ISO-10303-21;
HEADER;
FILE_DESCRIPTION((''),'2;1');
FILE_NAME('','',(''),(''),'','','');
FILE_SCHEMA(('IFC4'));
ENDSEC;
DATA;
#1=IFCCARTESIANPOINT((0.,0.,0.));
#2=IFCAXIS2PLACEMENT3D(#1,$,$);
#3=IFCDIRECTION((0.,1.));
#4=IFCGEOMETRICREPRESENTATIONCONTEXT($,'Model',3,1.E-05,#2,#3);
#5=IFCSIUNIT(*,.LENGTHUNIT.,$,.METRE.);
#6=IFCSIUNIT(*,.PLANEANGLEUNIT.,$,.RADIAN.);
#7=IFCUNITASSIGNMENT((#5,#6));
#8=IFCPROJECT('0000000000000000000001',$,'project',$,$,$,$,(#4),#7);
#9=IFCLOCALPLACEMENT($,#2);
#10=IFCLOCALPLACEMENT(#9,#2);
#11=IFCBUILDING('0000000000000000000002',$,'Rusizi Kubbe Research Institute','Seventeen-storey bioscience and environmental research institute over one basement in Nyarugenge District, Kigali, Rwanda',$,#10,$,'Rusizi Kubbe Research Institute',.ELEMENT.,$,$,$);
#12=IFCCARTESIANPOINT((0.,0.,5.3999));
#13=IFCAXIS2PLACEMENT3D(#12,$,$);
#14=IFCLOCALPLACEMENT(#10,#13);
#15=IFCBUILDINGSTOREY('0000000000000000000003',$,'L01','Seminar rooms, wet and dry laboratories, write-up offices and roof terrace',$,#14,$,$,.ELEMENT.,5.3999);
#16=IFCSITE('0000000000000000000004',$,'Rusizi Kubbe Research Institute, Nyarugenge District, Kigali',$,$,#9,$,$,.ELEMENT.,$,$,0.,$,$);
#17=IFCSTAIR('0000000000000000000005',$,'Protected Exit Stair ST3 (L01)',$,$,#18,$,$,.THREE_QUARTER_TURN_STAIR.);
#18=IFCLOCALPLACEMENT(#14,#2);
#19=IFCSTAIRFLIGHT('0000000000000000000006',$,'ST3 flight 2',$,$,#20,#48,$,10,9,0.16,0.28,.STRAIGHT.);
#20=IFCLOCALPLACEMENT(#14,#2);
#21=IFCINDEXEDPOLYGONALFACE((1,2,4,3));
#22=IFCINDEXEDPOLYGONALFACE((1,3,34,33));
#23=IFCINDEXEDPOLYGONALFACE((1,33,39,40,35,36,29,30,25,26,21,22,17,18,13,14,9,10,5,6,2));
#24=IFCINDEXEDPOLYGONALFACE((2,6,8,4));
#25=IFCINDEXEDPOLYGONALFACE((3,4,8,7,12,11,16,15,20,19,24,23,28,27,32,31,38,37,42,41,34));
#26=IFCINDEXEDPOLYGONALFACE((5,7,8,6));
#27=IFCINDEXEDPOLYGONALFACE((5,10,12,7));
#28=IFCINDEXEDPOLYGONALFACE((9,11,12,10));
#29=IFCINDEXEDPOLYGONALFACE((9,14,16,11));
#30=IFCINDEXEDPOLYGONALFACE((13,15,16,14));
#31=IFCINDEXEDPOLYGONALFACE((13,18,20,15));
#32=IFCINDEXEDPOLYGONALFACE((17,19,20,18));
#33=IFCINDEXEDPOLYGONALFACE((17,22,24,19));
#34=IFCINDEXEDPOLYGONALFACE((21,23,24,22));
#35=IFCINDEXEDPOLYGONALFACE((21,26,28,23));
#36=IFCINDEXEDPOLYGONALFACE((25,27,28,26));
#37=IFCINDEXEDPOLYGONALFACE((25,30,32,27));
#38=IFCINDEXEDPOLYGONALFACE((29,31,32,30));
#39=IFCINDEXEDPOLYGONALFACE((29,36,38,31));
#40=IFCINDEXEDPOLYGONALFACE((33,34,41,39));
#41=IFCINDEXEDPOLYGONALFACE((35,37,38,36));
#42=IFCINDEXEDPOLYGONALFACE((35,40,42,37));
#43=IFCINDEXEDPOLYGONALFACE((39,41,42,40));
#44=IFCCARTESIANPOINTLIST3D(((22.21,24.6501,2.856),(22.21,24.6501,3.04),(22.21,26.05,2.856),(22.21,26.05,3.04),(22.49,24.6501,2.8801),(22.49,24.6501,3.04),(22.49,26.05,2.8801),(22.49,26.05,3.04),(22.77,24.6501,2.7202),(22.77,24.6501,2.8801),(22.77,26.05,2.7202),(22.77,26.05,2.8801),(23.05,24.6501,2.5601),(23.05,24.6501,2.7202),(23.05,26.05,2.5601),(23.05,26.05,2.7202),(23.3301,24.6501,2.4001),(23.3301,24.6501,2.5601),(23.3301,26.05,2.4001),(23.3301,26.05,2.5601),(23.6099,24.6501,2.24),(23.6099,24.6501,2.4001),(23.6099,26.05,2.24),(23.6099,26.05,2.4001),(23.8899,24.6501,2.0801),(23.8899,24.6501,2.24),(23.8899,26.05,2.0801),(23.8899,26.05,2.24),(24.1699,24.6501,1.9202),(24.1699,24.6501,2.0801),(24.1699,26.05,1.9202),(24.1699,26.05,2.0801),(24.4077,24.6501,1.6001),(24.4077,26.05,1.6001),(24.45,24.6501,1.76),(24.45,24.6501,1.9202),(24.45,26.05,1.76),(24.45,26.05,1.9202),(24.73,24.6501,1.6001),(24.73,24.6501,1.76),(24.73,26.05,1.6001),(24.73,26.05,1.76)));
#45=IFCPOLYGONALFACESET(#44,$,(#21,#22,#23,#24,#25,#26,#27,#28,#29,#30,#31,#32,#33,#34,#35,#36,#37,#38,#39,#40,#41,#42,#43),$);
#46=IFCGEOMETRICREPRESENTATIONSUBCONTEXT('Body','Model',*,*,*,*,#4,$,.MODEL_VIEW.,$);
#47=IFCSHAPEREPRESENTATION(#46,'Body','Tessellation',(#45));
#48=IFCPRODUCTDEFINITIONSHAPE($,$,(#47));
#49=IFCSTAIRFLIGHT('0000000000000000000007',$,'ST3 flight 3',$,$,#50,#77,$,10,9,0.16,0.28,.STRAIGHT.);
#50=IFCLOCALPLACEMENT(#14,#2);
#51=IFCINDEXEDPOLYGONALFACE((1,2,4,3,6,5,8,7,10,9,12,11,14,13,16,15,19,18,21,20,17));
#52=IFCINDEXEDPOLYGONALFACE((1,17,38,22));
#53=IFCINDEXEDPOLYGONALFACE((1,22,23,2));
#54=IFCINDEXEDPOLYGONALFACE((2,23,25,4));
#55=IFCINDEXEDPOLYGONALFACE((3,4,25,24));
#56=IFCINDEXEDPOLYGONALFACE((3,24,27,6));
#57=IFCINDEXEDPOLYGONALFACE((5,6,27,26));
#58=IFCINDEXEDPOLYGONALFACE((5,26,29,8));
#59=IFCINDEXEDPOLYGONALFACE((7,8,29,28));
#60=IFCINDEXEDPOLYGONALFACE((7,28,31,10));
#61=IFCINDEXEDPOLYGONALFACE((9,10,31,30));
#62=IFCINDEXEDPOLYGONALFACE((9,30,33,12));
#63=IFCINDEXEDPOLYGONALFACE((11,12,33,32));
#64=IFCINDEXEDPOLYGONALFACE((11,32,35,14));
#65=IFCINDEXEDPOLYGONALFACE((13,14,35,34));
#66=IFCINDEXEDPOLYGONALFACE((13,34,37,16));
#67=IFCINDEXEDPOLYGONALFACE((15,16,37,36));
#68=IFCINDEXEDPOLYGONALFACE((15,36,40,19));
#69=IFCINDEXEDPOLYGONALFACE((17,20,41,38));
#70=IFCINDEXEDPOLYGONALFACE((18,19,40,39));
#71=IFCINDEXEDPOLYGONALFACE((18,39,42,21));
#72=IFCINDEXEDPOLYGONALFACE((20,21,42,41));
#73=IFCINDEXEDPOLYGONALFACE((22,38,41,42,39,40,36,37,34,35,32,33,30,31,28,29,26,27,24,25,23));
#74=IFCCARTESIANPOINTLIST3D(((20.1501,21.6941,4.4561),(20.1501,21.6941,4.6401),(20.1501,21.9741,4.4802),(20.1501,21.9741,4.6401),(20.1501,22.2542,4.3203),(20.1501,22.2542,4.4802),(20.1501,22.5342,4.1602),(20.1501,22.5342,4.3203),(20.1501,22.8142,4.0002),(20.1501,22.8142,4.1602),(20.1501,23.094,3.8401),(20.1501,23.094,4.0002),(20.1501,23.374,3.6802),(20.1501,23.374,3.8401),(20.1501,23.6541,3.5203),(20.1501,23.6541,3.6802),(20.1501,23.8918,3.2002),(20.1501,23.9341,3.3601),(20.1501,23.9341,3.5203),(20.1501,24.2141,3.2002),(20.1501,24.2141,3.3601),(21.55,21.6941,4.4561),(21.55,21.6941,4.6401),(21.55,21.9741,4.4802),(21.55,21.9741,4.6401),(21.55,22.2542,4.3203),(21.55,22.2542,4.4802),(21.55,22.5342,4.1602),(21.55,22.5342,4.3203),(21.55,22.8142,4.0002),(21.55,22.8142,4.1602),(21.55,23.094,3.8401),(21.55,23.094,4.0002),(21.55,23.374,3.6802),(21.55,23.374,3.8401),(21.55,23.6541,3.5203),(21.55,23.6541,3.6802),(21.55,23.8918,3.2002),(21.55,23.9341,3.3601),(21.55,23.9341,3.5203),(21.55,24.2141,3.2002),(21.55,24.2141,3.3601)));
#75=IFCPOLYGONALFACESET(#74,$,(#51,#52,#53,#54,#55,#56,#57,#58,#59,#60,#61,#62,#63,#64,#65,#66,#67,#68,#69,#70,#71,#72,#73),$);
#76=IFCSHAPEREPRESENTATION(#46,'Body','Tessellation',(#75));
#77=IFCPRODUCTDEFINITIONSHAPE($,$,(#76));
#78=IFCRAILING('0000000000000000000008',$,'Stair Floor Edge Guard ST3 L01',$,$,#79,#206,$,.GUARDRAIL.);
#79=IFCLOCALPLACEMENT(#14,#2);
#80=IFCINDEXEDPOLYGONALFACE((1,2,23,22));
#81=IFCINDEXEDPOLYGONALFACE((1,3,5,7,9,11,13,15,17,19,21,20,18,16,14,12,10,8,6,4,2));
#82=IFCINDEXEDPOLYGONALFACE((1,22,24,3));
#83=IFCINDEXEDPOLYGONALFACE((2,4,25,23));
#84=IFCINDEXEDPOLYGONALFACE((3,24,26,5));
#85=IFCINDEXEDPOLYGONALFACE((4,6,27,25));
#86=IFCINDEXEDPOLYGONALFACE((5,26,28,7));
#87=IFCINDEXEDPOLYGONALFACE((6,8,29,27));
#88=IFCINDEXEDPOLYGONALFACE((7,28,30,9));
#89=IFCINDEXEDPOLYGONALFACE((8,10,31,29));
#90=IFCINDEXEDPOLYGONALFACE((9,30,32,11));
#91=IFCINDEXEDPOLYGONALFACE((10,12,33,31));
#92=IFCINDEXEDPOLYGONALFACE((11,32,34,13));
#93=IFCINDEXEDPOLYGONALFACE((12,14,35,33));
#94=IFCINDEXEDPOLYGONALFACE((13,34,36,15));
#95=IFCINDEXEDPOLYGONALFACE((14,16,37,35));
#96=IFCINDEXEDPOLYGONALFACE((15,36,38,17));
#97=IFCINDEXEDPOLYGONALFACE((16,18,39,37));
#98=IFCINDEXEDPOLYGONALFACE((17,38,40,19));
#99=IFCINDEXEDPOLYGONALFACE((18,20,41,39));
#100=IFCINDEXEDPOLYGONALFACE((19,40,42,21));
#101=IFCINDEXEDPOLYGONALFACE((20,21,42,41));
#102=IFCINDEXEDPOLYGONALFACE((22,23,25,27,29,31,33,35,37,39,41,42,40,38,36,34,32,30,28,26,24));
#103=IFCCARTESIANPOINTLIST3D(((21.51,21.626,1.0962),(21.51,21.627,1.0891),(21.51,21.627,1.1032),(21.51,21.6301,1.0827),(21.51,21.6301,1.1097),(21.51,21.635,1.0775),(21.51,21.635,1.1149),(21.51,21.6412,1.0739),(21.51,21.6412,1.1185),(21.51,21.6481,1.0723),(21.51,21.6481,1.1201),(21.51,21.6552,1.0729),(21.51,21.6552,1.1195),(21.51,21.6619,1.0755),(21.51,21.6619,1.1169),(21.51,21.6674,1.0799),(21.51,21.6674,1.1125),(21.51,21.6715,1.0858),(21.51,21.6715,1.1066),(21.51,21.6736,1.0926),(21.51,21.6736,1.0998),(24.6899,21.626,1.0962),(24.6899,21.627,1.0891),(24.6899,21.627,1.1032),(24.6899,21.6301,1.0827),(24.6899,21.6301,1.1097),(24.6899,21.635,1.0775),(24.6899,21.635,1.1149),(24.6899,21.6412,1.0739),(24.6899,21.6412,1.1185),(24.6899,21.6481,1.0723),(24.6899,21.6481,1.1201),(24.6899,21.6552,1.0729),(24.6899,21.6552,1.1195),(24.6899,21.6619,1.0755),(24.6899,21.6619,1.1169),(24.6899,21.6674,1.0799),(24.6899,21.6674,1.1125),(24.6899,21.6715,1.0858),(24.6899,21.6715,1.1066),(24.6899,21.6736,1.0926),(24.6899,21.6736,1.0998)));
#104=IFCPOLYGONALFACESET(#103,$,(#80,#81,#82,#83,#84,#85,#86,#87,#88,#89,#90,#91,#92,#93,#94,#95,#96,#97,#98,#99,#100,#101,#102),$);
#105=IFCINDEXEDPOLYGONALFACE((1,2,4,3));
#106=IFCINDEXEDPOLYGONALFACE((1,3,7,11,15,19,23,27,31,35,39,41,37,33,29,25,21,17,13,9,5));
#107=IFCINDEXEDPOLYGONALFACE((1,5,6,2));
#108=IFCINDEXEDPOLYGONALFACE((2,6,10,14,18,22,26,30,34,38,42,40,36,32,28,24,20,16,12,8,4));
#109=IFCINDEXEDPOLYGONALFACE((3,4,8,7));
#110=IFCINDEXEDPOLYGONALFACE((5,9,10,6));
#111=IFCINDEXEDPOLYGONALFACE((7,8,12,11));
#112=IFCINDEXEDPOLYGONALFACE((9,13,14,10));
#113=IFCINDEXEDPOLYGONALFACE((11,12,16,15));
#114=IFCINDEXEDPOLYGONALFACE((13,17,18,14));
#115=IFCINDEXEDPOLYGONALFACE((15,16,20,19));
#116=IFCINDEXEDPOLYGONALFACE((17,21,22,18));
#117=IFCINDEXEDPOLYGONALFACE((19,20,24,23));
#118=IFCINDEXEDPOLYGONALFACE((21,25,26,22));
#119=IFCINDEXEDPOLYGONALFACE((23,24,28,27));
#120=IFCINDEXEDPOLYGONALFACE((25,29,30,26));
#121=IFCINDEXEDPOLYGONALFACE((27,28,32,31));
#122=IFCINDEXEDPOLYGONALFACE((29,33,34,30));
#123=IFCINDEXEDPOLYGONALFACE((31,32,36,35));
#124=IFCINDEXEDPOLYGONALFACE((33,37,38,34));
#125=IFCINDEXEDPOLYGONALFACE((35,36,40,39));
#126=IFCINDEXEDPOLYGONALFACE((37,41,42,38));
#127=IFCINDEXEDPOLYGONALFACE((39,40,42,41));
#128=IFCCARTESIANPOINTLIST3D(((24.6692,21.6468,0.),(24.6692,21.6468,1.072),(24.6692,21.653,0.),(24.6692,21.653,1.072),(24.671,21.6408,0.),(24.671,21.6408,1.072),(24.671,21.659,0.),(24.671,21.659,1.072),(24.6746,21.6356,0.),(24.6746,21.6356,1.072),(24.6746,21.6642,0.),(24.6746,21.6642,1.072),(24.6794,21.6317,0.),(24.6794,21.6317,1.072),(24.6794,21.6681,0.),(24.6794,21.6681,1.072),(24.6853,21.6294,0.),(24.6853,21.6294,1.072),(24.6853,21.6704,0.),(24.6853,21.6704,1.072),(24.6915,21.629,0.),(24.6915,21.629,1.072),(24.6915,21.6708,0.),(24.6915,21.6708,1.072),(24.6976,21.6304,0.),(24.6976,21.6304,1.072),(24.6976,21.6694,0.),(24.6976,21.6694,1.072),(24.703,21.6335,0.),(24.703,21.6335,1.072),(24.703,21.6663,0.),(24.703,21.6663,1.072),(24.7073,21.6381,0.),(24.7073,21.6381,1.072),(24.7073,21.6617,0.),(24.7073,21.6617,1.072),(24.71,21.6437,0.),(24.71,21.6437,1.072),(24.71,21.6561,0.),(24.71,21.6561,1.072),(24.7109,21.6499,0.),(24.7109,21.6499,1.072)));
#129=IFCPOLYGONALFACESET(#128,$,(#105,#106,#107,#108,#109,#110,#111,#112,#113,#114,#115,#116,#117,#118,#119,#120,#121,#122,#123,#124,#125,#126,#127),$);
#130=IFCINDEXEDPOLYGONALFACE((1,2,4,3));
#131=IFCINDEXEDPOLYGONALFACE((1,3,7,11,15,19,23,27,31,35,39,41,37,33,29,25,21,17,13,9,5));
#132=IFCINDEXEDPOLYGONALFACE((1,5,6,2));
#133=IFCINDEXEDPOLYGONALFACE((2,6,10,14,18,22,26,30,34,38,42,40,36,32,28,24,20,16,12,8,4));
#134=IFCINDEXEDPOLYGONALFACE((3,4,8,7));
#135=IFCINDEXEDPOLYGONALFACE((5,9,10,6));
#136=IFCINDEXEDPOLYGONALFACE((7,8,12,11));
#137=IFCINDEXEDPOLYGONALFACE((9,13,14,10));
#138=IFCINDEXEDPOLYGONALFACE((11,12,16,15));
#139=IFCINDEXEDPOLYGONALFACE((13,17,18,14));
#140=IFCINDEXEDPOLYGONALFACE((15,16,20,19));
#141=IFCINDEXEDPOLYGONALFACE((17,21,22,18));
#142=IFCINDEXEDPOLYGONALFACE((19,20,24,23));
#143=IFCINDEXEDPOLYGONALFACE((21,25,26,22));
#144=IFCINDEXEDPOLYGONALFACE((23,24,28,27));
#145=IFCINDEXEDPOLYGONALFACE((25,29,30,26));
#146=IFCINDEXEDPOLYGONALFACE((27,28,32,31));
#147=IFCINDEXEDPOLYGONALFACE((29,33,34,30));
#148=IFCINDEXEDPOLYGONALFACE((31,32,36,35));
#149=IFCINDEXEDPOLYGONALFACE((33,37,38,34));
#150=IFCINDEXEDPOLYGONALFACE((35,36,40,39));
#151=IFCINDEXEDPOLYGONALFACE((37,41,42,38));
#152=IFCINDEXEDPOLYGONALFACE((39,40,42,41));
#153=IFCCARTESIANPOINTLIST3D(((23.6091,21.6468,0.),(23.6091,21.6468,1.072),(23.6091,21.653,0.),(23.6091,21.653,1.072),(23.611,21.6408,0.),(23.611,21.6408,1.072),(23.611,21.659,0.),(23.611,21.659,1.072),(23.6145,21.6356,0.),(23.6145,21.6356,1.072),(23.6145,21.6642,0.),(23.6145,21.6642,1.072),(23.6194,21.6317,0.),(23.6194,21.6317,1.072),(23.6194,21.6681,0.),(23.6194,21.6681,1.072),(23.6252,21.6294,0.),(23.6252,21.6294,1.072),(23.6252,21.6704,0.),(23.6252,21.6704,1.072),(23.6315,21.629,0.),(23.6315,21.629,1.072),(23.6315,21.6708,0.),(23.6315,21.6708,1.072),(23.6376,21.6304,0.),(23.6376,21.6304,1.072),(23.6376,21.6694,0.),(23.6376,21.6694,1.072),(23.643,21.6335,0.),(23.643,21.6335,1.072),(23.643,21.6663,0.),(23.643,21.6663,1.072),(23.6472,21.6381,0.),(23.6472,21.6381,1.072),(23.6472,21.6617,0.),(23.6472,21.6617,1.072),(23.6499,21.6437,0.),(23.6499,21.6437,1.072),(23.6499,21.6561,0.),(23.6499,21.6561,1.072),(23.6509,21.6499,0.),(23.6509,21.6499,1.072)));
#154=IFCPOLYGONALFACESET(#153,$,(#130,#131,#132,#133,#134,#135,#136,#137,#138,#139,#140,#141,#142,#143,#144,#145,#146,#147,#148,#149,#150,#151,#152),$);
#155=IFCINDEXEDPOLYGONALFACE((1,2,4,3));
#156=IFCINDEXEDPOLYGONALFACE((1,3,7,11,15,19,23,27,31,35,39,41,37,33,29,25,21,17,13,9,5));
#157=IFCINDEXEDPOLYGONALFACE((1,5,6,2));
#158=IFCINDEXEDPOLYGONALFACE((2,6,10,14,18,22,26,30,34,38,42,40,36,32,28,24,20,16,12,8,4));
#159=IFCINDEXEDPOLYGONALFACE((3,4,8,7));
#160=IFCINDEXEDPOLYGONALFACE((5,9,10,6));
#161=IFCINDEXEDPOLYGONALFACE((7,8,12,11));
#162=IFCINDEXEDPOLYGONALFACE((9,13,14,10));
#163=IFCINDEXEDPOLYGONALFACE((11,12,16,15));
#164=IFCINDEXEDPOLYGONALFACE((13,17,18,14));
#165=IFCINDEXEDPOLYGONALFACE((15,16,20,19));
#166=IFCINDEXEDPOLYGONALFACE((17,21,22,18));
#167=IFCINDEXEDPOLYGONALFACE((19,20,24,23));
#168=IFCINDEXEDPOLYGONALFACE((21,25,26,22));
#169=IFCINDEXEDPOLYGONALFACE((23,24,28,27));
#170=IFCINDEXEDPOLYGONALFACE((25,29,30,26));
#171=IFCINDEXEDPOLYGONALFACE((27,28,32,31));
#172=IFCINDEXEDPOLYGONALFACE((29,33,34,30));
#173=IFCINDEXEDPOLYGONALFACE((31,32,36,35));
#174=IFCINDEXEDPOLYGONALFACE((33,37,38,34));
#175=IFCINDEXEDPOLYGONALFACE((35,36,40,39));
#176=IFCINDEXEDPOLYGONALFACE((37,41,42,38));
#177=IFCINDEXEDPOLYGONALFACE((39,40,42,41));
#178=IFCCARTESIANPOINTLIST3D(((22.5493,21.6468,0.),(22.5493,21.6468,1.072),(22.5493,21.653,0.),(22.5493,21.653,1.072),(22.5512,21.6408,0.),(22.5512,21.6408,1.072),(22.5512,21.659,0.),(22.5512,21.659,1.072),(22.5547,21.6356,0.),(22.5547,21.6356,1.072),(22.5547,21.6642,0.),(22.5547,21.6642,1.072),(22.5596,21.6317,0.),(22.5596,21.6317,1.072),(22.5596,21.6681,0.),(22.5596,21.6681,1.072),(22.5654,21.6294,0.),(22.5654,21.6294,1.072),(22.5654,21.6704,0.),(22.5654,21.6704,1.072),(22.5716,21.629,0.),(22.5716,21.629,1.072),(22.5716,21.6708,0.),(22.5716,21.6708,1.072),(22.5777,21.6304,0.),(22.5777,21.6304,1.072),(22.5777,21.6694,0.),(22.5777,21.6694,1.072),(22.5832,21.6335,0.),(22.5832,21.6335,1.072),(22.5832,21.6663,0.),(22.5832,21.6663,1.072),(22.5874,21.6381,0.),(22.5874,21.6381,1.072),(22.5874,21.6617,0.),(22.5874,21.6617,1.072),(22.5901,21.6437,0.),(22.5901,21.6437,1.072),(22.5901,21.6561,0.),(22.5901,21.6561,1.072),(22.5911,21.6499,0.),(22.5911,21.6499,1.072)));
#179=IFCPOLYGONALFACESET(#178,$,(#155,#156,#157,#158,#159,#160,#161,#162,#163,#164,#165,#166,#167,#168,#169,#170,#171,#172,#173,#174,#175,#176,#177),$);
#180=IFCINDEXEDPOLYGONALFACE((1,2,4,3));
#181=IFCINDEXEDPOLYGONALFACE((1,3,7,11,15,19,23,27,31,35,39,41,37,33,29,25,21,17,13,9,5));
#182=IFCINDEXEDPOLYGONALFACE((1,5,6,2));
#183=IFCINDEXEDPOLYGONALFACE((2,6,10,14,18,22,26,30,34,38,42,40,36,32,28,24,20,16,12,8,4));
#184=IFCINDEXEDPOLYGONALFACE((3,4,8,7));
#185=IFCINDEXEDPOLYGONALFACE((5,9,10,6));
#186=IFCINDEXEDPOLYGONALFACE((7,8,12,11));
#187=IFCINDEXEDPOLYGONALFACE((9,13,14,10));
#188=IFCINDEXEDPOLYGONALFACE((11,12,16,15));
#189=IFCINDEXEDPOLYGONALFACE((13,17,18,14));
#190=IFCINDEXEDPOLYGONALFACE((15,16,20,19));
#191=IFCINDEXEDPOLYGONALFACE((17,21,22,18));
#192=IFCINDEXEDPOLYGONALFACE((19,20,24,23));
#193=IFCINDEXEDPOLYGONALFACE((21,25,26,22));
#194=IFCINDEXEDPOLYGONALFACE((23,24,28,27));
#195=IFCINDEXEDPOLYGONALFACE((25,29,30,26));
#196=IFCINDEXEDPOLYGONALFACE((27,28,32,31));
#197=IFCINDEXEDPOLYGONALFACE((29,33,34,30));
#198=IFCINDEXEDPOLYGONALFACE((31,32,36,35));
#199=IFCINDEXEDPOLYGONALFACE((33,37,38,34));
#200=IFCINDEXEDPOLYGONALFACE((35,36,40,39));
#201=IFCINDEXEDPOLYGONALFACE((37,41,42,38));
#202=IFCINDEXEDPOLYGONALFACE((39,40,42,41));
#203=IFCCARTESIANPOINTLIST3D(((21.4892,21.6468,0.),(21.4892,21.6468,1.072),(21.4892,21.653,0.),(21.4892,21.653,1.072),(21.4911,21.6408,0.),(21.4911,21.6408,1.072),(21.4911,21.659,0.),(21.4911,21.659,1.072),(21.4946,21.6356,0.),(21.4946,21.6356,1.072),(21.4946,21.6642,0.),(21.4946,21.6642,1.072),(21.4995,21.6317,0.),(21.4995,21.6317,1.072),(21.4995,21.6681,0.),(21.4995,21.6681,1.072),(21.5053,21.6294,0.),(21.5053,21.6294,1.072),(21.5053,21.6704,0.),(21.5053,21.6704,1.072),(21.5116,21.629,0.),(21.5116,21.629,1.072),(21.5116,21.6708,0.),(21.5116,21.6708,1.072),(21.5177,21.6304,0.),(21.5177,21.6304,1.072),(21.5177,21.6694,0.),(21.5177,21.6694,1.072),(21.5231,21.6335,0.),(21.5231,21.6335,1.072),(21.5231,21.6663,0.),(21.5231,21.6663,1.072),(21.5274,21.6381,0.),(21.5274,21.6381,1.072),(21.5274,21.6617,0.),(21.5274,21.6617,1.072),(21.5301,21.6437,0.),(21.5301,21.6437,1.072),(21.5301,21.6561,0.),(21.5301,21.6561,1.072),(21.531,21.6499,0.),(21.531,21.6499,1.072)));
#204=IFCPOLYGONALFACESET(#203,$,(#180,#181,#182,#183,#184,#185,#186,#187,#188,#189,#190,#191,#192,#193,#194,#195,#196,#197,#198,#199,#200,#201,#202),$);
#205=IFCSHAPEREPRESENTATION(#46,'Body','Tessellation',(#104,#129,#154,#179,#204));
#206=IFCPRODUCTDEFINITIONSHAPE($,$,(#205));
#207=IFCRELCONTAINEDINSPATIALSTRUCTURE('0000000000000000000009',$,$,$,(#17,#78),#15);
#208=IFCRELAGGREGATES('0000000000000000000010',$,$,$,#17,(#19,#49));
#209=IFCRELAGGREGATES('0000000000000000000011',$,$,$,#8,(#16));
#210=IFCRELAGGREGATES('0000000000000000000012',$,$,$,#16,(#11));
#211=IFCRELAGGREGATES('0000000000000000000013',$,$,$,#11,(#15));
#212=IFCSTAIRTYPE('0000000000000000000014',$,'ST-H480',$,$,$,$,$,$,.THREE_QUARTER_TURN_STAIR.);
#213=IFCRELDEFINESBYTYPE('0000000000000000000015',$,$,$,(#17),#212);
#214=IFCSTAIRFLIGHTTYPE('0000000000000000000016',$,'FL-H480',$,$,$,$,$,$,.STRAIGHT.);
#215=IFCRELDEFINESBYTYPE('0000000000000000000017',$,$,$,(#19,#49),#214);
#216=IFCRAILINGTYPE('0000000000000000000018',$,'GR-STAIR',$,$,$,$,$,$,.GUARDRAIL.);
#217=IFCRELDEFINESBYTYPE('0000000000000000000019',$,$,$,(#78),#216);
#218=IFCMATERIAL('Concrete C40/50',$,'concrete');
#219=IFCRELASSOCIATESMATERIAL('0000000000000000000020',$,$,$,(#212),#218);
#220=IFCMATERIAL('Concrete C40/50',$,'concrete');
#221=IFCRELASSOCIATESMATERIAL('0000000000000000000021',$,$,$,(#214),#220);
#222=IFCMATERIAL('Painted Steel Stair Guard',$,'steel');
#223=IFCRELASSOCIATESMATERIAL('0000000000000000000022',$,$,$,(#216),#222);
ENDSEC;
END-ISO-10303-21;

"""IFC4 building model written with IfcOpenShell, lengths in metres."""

from ifc_helpers import new_model, si_unit, direction, frame, origin, origin_2d, place, context, subcontext, project, spatial, polyline, circle, outline, extrude, material, type_object, element, aggregate, save


model = new_model("IFC4")

# Units and contexts
model_context = context("Model", 3, precision=1e-05, world=origin(), true_north=direction((0.0, 1.0)))
body_context = subcontext(model_context, "Body", "Model", "MODEL_VIEW")
ifc_project = project(units=[si_unit("LENGTHUNIT", "METRE"), si_unit("PLANEANGLEUNIT", "RADIAN")], contexts=[model_context])

# Site, building, storey
site_placement = place(None, origin())
site = spatial("IfcSite", under=ifc_project, at=site_placement, Name="Rusizi Kubbe Research Institute, Nyarugenge District, Kigali", CompositionType="ELEMENT", RefElevation=0.0)
building_placement = place(site_placement, origin())
building = spatial("IfcBuilding", under=site, at=building_placement, Name="Rusizi Kubbe Research Institute", Description="Seventeen-storey bioscience and environmental research institute over one basement in Nyarugenge District, Kigali, Rwanda", LongName="Rusizi Kubbe Research Institute", CompositionType="ELEMENT")
storey_placement = place(building_placement, frame((0.0, 0.0, 5.3999)))
storey = spatial("IfcBuildingStorey", under=building, at=storey_placement, Name="L01", Description="Seminar rooms, wet and dry laboratories, write-up offices and roof terrace", CompositionType="ELEMENT", Elevation=5.3999)

# Stair, stair flights
ifc_material_1 = material(Name="Concrete C40/50", Category="concrete")
stair_type = type_object("IfcStairType", Name="ST-H480", PredefinedType="THREE_QUARTER_TURN_STAIR", material=ifc_material_1)
stair_placement = place(storey_placement, origin())
stair = element("IfcStair", 1, at=stair_placement, inside=storey, type_object=stair_type, Name="Protected Exit Stair ST3 (L01)", PredefinedType="THREE_QUARTER_TURN_STAIR")
ifc_material_2 = material(Name="Concrete C40/50", Category="concrete")
stair_flight_type = type_object("IfcStairFlightType", Name="FL-H480", PredefinedType="STRAIGHT", material=ifc_material_2)
stair_flight_1_placement = place(storey_placement, frame((24.73, 25.3501, 1.6001), z_axis=(0.0, 0.0, 1.0), x_axis=(-1.0, 0.0, 0.0)))
stair_flight_1 = element("IfcStairFlight", 2, at=stair_flight_1_placement, type_object=stair_flight_type, Name="ST3 flight 2", NumberOfRisers=10, NumberOfTreads=9, PredefinedType="STRAIGHT", RiserHeight=0.16, TreadLength=0.28, context=body_context, shape_type="SweptSolid", body=[
    extrude(outline(polyline([(0.0, 0.0), (0.0, 0.1599), (0.28, 0.1599), (0.28, 0.3201), (0.5601, 0.3201), (0.5601, 0.48), (0.8401, 0.48), (0.8401, 0.6399), (1.1201, 0.6399), (1.1201, 0.8), (1.3999, 0.8), (1.3999, 0.96), (1.6799, 0.96), (1.6799, 1.1201), (1.96, 1.1201), (1.96, 1.28), (2.24, 1.28), (2.24, 1.4399), (2.52, 1.4399), (2.52, 1.6001), (2.52, 1.2559), (0.3223, 0.0), (0.0, 0.0)])), frame((0.0, 0.7, 0.0), z_axis=(0.0, -1.0, 0.0), x_axis=(1.0, 0.0, 0.0)), (0.0, 0.0, 1.0), 1.3999),
])
stair_flight_2_placement = place(storey_placement, frame((20.8501, 24.2141, 3.2002), z_axis=(0.0, 0.0, 1.0), x_axis=(0.0, -1.0, 0.0)))
stair_flight_2 = element("IfcStairFlight", 3, at=stair_flight_2_placement, type_object=stair_flight_type, Name="ST3 flight 3", NumberOfRisers=10, NumberOfTreads=9, PredefinedType="STRAIGHT", RiserHeight=0.16, TreadLength=0.28, context=body_context, shape_type="SweptSolid", body=[
    extrude(outline(polyline([(0.0, 0.0), (0.0, 0.1599), (0.28, 0.1599), (0.28, 0.3201), (0.5601, 0.3201), (0.5601, 0.48), (0.8401, 0.48), (0.8401, 0.6399), (1.1201, 0.6399), (1.1201, 0.8), (1.3999, 0.8), (1.3999, 0.96), (1.6799, 0.96), (1.6799, 1.1201), (1.96, 1.1201), (1.96, 1.28), (2.24, 1.28), (2.24, 1.4399), (2.52, 1.4399), (2.52, 1.6001), (2.52, 1.2559), (0.3223, 0.0), (0.0, 0.0)])), frame((0.0, 0.7, 0.0), z_axis=(0.0, -1.0, 0.0), x_axis=(1.0, 0.0, 0.0)), (0.0, 0.0, 1.0), 1.3999),
])
aggregate(stair, [stair_flight_1, stair_flight_2])

# Railing
ifc_material_3 = material(Name="Painted Steel Stair Guard", Category="steel")
railing_type_1 = type_object("IfcRailingType", Name="GR-STAIR", PredefinedType="GUARDRAIL", material=ifc_material_3)
railing_1_placement = place(storey_placement, frame((24.6899, 21.6499, 0.0)))
element("IfcRailing", 4, at=railing_1_placement, inside=storey, type_object=railing_type_1, Name="Stair Floor Edge Guard ST3 L01", PredefinedType="GUARDRAIL", context=body_context, shape_type="SweptSolid", body=[
    extrude(circle(Radius=0.0239, at=origin_2d()), frame((0.0, 0.0, 1.0962), z_axis=(-1.0, 0.0, 0.0), x_axis=(0.0, -1.0, 0.0)), (0.0, 0.0, 1.0), 3.1799),
    extrude(circle(Radius=0.021, at=origin_2d()), origin(), (0.0, 0.0, 1.0), 1.072),
    extrude(circle(Radius=0.021, at=origin_2d()), frame((-1.0601, 0.0, 0.0)), (0.0, 0.0, 1.0), 1.072),
    extrude(circle(Radius=0.021, at=origin_2d()), frame((-2.1199, 0.0, 0.0)), (0.0, 0.0, 1.0), 1.072),
    extrude(circle(Radius=0.021, at=origin_2d()), frame((-3.1799, 0.0, 0.0)), (0.0, 0.0, 1.0), 1.072),
])

save(model, "model.ifc")
